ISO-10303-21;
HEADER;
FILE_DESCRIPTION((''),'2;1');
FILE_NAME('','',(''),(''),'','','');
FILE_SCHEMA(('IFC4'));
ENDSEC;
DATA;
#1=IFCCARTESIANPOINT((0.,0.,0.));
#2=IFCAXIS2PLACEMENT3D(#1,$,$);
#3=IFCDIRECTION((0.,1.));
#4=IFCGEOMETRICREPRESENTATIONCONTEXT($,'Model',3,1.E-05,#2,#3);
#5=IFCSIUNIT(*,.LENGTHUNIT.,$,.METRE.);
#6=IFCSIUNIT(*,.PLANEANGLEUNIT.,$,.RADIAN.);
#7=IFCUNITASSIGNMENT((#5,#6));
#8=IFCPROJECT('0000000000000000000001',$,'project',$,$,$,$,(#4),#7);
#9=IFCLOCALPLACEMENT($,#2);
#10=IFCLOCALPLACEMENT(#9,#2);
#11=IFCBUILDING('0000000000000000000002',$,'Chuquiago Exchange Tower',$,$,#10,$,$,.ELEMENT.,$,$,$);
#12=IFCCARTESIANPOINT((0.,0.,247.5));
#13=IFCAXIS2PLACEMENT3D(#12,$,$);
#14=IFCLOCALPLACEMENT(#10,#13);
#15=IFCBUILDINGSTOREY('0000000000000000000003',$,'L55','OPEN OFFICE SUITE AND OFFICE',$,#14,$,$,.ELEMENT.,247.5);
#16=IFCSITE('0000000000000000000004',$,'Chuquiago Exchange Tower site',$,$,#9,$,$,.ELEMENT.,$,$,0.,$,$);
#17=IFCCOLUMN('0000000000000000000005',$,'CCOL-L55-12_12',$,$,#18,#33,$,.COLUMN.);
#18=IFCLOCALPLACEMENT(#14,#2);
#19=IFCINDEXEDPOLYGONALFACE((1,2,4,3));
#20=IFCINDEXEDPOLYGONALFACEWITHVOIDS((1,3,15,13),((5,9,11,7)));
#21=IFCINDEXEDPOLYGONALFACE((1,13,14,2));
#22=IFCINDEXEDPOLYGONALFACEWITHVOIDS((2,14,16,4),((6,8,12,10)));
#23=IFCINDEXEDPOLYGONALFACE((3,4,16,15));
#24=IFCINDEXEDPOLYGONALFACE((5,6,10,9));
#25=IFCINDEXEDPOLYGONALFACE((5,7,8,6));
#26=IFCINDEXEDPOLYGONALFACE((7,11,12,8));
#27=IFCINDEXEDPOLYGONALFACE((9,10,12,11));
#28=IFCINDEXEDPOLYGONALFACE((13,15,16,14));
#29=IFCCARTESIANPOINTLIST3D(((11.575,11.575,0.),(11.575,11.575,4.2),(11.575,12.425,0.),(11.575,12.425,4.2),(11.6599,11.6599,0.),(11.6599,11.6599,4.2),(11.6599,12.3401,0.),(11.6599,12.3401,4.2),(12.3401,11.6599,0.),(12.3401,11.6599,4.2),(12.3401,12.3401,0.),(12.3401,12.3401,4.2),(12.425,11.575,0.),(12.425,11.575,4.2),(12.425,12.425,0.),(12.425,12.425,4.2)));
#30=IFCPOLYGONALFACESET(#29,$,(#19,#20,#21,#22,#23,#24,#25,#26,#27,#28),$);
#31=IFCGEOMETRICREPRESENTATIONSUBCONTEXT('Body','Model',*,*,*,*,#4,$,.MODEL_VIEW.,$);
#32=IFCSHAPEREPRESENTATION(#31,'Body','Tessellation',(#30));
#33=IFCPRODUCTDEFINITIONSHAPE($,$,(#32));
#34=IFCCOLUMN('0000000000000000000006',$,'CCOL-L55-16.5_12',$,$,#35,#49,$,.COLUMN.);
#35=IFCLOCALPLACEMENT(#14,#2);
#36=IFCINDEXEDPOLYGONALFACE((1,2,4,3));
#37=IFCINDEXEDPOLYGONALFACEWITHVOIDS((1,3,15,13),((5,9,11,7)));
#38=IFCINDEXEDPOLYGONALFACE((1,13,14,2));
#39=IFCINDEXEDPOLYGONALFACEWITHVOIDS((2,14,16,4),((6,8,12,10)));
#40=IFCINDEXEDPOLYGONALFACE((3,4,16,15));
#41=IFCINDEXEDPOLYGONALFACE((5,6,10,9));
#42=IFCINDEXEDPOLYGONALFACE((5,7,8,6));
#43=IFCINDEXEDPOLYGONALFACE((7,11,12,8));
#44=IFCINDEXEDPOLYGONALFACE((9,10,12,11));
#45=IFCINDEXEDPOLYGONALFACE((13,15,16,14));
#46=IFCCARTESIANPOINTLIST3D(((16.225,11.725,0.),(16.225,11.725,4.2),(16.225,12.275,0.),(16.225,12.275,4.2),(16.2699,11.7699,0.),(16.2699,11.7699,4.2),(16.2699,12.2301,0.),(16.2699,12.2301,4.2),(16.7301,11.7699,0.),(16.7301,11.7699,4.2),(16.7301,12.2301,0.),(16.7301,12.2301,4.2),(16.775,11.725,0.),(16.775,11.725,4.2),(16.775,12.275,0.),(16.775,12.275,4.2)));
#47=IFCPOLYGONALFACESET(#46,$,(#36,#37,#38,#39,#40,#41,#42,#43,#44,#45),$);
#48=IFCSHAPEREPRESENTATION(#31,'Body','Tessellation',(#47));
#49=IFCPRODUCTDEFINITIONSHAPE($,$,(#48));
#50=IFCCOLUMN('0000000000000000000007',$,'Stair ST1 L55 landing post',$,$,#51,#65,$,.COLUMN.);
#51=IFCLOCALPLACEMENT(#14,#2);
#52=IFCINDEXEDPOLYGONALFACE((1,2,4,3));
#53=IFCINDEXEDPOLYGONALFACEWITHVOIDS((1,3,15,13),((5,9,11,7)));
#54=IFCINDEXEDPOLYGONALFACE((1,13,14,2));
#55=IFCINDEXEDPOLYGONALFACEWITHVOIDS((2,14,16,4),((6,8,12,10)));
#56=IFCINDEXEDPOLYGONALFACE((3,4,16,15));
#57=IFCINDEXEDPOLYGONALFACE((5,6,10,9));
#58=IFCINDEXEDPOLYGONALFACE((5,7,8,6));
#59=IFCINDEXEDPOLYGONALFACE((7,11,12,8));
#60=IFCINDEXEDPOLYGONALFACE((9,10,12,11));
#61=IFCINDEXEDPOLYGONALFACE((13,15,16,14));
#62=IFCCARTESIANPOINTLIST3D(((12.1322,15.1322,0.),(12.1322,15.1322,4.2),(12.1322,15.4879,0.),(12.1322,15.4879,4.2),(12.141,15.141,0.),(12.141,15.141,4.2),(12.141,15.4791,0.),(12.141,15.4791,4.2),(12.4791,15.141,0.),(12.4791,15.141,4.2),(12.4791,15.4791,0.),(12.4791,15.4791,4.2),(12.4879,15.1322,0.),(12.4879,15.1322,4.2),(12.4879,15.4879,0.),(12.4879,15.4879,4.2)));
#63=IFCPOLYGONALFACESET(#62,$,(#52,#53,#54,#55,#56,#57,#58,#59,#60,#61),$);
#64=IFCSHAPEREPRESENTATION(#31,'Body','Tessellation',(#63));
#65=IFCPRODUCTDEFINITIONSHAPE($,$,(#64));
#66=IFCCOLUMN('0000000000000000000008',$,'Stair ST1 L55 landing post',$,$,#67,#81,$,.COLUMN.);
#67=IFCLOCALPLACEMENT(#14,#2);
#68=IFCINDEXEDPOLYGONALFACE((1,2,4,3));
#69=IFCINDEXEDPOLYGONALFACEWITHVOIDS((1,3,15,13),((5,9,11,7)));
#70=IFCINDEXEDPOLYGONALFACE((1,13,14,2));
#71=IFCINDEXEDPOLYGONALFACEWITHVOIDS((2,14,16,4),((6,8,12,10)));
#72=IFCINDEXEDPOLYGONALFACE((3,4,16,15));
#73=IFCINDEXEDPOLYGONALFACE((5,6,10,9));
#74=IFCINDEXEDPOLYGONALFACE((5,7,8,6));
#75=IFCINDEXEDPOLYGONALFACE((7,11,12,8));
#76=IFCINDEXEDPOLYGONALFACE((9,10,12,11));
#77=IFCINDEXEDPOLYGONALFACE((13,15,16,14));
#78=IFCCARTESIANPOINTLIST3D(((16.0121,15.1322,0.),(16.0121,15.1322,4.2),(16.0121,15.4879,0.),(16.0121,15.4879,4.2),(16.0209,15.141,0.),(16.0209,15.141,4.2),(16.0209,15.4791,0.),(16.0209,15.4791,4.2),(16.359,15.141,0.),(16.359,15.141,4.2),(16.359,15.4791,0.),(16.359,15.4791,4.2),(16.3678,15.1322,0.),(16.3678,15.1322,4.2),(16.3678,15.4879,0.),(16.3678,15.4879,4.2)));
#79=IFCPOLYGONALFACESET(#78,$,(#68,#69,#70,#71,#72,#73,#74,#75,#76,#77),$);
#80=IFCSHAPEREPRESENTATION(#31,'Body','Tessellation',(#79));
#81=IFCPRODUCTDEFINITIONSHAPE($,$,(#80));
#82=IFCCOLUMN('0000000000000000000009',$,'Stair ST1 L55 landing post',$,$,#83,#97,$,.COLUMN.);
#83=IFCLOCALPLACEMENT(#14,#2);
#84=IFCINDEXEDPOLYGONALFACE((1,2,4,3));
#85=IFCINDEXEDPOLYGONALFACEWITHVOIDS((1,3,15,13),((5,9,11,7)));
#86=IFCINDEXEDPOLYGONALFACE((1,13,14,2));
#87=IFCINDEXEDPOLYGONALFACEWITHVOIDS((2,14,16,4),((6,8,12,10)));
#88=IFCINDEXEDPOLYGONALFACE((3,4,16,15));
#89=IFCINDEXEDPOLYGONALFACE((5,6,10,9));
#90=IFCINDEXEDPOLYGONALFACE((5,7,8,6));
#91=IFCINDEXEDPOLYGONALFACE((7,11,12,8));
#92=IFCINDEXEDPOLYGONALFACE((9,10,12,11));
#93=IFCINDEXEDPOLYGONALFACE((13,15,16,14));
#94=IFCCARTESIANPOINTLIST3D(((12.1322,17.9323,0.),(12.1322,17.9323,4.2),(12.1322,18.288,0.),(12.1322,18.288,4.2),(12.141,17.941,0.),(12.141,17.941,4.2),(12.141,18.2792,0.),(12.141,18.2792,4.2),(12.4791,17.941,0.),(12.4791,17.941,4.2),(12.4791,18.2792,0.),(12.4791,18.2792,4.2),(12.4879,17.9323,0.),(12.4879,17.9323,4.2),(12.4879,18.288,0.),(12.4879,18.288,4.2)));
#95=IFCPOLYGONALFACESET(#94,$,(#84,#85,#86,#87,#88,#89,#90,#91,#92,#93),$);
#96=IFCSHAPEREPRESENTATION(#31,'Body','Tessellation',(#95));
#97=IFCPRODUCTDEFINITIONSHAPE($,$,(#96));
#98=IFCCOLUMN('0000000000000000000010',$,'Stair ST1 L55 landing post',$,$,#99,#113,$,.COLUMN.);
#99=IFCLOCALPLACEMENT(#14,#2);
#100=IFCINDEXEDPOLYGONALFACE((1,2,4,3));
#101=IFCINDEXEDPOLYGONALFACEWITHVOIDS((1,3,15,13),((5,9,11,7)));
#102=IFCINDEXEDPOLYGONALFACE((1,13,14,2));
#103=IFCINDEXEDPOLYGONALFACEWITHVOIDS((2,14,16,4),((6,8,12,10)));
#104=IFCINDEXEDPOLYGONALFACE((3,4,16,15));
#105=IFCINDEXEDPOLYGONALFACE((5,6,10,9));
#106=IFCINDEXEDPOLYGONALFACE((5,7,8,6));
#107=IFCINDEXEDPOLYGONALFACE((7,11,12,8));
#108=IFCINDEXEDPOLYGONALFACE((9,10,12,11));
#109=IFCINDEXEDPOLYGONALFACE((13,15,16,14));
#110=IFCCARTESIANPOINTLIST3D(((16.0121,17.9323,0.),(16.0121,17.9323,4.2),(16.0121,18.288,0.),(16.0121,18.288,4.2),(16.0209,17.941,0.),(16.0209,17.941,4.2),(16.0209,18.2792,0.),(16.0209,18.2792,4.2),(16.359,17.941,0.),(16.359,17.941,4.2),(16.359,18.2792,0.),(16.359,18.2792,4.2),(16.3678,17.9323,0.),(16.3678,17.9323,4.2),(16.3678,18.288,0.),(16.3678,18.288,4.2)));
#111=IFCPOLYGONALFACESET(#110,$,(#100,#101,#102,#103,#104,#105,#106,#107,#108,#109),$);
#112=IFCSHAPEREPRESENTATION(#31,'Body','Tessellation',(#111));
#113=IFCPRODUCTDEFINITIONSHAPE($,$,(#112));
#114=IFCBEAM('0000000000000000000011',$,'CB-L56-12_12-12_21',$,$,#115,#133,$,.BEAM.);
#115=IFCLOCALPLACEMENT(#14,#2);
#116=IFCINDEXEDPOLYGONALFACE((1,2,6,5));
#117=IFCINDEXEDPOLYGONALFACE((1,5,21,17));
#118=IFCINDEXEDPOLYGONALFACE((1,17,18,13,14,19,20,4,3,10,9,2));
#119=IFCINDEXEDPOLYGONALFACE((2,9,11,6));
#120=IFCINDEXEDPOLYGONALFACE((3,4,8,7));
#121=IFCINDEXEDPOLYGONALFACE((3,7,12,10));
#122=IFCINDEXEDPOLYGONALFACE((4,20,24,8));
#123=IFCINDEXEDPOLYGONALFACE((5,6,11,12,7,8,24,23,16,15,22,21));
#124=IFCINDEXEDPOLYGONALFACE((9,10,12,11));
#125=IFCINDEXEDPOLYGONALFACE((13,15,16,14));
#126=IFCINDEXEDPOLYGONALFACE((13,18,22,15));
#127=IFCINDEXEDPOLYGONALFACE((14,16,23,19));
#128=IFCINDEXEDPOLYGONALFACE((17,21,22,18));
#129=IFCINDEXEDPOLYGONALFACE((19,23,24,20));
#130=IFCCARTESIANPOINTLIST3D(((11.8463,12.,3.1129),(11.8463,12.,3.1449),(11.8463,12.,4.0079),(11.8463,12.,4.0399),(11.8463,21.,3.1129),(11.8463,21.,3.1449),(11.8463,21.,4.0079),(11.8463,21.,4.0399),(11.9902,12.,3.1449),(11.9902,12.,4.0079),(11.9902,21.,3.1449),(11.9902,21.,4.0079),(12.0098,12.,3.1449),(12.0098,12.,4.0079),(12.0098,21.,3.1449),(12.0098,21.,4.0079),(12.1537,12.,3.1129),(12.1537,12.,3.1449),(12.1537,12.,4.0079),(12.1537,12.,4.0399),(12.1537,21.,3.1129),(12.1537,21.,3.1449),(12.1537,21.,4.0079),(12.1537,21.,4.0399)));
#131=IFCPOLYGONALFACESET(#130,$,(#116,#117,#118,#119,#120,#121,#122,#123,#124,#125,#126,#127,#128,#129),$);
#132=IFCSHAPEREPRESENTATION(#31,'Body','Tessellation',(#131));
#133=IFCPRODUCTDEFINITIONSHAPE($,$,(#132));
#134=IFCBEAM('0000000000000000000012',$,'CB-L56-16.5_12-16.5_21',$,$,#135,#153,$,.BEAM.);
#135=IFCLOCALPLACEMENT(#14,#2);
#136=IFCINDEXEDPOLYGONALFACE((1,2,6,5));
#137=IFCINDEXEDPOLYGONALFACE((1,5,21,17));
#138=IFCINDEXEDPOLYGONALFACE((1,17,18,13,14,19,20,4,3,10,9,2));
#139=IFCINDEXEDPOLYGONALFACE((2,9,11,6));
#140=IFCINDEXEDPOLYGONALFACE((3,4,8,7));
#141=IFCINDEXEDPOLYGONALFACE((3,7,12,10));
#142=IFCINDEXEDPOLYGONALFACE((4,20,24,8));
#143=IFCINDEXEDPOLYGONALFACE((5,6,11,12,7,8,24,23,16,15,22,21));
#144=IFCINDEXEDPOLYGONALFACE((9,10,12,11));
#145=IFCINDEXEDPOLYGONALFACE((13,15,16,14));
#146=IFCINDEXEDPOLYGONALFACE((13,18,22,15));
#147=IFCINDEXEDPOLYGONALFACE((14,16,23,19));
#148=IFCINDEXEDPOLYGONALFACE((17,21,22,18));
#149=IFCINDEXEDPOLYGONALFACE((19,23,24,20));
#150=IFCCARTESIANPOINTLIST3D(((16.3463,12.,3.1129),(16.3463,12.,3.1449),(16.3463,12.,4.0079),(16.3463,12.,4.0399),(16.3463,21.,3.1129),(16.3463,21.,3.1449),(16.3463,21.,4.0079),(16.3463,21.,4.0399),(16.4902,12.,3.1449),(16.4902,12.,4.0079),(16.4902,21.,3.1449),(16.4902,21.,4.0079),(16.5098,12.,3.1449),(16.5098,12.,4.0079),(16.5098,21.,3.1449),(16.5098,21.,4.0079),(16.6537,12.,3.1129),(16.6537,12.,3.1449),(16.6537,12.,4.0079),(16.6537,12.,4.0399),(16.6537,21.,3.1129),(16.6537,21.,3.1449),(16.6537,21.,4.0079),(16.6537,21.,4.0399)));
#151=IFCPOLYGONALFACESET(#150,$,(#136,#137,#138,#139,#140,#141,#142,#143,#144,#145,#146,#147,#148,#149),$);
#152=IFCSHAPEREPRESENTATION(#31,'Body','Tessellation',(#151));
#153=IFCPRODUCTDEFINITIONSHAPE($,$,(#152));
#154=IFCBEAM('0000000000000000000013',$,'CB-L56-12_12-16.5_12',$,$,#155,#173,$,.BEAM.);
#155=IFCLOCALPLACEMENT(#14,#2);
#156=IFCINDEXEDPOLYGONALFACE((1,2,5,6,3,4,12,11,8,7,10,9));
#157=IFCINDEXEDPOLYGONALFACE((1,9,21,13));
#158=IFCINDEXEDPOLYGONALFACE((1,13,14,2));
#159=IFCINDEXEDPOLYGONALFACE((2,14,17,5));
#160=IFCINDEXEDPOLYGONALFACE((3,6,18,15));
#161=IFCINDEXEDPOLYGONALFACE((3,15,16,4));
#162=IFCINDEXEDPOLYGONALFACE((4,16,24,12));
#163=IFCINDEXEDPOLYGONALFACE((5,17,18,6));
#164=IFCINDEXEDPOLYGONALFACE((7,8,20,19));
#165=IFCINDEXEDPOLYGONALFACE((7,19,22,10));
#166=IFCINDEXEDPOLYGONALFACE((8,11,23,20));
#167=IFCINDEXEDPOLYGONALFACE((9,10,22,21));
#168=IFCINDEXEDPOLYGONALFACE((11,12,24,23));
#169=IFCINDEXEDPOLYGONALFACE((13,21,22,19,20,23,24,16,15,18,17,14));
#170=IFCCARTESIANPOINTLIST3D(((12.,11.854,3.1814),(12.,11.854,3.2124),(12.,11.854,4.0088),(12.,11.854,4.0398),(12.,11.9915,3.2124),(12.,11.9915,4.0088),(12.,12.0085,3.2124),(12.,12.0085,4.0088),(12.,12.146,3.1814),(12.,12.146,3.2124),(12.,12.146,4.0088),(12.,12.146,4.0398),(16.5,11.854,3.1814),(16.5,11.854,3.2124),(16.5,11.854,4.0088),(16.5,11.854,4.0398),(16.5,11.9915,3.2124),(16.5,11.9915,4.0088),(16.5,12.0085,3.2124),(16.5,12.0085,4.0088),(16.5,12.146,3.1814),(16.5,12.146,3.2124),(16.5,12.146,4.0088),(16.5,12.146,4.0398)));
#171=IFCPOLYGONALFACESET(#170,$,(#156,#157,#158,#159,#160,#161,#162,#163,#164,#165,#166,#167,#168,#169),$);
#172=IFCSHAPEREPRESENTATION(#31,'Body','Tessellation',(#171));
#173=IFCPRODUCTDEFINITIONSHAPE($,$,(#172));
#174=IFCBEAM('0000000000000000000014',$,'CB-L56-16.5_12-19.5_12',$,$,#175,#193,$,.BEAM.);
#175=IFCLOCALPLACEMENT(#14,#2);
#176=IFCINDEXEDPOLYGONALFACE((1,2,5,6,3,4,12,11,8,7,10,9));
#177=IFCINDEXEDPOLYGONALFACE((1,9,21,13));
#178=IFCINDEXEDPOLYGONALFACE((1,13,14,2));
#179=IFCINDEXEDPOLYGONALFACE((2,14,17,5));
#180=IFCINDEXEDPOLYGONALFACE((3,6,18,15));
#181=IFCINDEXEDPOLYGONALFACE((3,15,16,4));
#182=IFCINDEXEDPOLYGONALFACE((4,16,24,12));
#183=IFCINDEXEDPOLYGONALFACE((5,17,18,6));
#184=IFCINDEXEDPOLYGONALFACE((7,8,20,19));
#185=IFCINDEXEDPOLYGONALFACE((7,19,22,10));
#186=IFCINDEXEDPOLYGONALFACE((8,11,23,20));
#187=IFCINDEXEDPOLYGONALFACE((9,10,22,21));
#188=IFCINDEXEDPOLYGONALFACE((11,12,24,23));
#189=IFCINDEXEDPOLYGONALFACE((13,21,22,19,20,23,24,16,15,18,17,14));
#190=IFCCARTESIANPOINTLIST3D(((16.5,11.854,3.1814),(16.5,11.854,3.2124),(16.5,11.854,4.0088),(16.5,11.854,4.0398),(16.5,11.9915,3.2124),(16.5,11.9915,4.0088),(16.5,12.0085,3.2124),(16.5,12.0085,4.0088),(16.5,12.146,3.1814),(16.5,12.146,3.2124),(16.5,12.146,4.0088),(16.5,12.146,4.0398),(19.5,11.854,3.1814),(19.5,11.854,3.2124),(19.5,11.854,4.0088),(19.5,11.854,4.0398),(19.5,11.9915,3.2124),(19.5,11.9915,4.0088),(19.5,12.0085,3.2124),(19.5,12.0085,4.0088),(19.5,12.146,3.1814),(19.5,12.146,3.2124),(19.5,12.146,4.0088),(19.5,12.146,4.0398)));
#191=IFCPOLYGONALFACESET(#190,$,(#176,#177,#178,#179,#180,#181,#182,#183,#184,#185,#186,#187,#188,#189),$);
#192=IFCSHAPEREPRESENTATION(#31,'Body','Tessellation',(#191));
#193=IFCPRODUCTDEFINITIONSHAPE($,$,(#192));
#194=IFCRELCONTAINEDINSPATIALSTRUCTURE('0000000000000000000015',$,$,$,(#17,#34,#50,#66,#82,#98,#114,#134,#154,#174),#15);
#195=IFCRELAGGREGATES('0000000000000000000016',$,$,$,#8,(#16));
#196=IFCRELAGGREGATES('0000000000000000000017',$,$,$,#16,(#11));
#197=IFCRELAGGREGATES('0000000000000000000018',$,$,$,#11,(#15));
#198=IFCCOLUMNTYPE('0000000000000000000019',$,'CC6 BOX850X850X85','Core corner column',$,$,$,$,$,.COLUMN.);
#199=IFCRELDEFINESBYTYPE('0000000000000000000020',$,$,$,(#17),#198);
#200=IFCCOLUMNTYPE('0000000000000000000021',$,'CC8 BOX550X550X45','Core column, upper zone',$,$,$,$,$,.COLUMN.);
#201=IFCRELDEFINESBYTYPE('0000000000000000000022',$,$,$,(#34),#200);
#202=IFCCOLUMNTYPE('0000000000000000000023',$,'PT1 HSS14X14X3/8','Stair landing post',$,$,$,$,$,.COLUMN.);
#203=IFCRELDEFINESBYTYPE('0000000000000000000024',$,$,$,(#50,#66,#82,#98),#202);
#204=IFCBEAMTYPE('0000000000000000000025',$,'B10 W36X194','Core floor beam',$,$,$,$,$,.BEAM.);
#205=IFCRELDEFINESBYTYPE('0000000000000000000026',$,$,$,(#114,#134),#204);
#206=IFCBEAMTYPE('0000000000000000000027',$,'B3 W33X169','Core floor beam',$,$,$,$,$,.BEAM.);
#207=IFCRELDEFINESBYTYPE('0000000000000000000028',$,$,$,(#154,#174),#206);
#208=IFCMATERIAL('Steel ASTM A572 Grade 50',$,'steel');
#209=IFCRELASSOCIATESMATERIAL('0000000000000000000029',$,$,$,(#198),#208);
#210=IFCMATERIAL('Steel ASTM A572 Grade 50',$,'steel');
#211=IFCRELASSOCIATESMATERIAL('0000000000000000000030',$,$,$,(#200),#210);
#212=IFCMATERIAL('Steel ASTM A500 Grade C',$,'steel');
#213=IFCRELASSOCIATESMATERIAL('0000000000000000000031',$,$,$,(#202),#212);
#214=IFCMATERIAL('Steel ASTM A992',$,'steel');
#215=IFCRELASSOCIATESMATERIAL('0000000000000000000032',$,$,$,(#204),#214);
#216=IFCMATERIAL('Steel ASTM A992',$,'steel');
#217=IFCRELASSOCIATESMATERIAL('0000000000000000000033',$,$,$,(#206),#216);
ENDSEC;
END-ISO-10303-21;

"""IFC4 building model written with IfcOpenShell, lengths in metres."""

from ifc_helpers import new_model, si_unit, direction, frame, origin, origin_2d, place, context, subcontext, project, spatial, hollow_rectangle, i_section, extrude, material, material_profile, profile_set, type_object, element, save


model = new_model("IFC4")

# Units and contexts
model_context = context("Model", 3, precision=1e-05, world=origin(), true_north=direction((0.0, 1.0)))
body_context = subcontext(model_context, "Body", "Model", "MODEL_VIEW")
ifc_project = project(units=[si_unit("LENGTHUNIT", "METRE"), si_unit("PLANEANGLEUNIT", "RADIAN")], contexts=[model_context])

# Site, building, storey
site_placement = place(None, origin())
site = spatial("IfcSite", under=ifc_project, at=site_placement, Name="Chuquiago Exchange Tower site", CompositionType="ELEMENT", RefElevation=0.0)
building_placement = place(site_placement, origin())
building = spatial("IfcBuilding", under=site, at=building_placement, Name="Chuquiago Exchange Tower", CompositionType="ELEMENT")
storey_placement = place(building_placement, frame((0.0, 0.0, 247.5)))
storey = spatial("IfcBuildingStorey", under=building, at=storey_placement, Name="L55", Description="OPEN OFFICE SUITE AND OFFICE", CompositionType="ELEMENT", Elevation=247.5)

# Columns
ifc_material_1 = material(Name="Steel ASTM A572 Grade 50", Category="steel")
ifc_material_profile_1 = material_profile(ifc_material_1, hollow_rectangle(XDim=0.8501, YDim=0.8501, WallThickness=0.085, at=origin_2d()), Name="BOX850X850X85")
ifc_profile_set_1 = profile_set([ifc_material_profile_1], Name="Steel ASTM A572 Grade 50")
column_type_1 = type_object("IfcColumnType", Name="CC6 BOX850X850X85", Description="Core corner column", PredefinedType="COLUMN", material=ifc_profile_set_1)
column_1_placement = place(storey_placement, frame((12.0, 12.0, 0.0), z_axis=(0.0, 0.0, 1.0), x_axis=(1.0, 0.0, 0.0)))
element("IfcColumn", 1, at=column_1_placement, inside=storey, type_object=column_type_1, Name="CCOL-L55-12_12", PredefinedType="COLUMN", context=body_context, shape_type="SweptSolid", body=[
    extrude(hollow_rectangle(XDim=0.8501, YDim=0.8501, WallThickness=0.085, at=origin_2d()), origin(), (0.0, 0.0, 1.0), 4.2),
])
ifc_material_2 = material(Name="Steel ASTM A572 Grade 50", Category="steel")
ifc_material_profile_2 = material_profile(ifc_material_2, hollow_rectangle(XDim=0.55, YDim=0.55, WallThickness=0.0449, at=origin_2d()), Name="BOX550X550X45")
ifc_profile_set_2 = profile_set([ifc_material_profile_2], Name="Steel ASTM A572 Grade 50")
column_type_2 = type_object("IfcColumnType", Name="CC8 BOX550X550X45", Description="Core column, upper zone", PredefinedType="COLUMN", material=ifc_profile_set_2)
column_2_placement = place(storey_placement, frame((16.5, 12.0, 0.0), z_axis=(0.0, 0.0, 1.0), x_axis=(1.0, 0.0, 0.0)))
element("IfcColumn", 2, at=column_2_placement, inside=storey, type_object=column_type_2, Name="CCOL-L55-16.5_12", PredefinedType="COLUMN", context=body_context, shape_type="SweptSolid", body=[
    extrude(hollow_rectangle(XDim=0.55, YDim=0.55, WallThickness=0.0449, at=origin_2d()), origin(), (0.0, 0.0, 1.0), 4.2),
])
ifc_material_3 = material(Name="Steel ASTM A500 Grade C", Category="steel")
ifc_material_profile_3 = material_profile(ifc_material_3, hollow_rectangle(XDim=0.3557, YDim=0.3557, WallThickness=0.0088, at=origin_2d()), Name="HSS14X14X3/8")
ifc_profile_set_3 = profile_set([ifc_material_profile_3], Name="Steel ASTM A500 Grade C")
column_type_3 = type_object("IfcColumnType", Name="PT1 HSS14X14X3/8", Description="Stair landing post", PredefinedType="COLUMN", material=ifc_profile_set_3)
for number, where, z_axis, x_axis, name in (
    (3, (12.3101, 15.3101, 0.0), (0.0, 0.0, 1.0), (1.0, 0.0, 0.0), "Stair ST1 L55 landing post"),
    (4, (16.1899, 15.3101, 0.0), (0.0, 0.0, 1.0), (1.0, 0.0, 0.0), "Stair ST1 L55 landing post"),
    (5, (12.3101, 18.1101, 0.0), (0.0, 0.0, 1.0), (1.0, 0.0, 0.0), "Stair ST1 L55 landing post"),
    (6, (16.1899, 18.1101, 0.0), (0.0, 0.0, 1.0), (1.0, 0.0, 0.0), "Stair ST1 L55 landing post"),
):
    element("IfcColumn", number, at=place(storey_placement, frame(where, z_axis=z_axis, x_axis=x_axis)), inside=storey, type_object=column_type_3, Name=name, PredefinedType="COLUMN", context=body_context, shape_type="SweptSolid", body=[
        extrude(hollow_rectangle(XDim=0.3557, YDim=0.3557, WallThickness=0.0088, at=origin_2d()), origin(), (0.0, 0.0, 1.0), 4.2),
    ])

# Beams
ifc_material_4 = material(Name="Steel ASTM A992", Category="steel")
ifc_material_profile_4 = material_profile(ifc_material_4, i_section(OverallWidth=0.3074, OverallDepth=0.927, WebThickness=0.0195, FlangeThickness=0.032, at=origin_2d()), Name="W36X194")
ifc_profile_set_4 = profile_set([ifc_material_profile_4], Name="Steel ASTM A992")
beam_type_1 = type_object("IfcBeamType", Name="B10 W36X194", Description="Core floor beam", PredefinedType="BEAM", material=ifc_profile_set_4)
for number, where, z_axis, x_axis, name in (
    (7, (12.0, 12.0, 3.5764), (0.0, 1.0, 0.0), (-1.0, 0.0, 0.0), "CB-L56-12_12-12_21"),
    (8, (16.5, 12.0, 3.5764), (0.0, 1.0, 0.0), (-1.0, 0.0, 0.0), "CB-L56-16.5_12-16.5_21"),
):
    element("IfcBeam", number, at=place(storey_placement, frame(where, z_axis=z_axis, x_axis=x_axis)), inside=storey, type_object=beam_type_1, Name=name, PredefinedType="BEAM", context=body_context, shape_type="SweptSolid", body=[
        extrude(i_section(OverallWidth=0.3074, OverallDepth=0.927, WebThickness=0.0195, FlangeThickness=0.032, at=origin_2d()), origin(), (0.0, 0.0, 1.0), 9.0),
    ])
ifc_material_5 = material(Name="Steel ASTM A992", Category="steel")
ifc_material_profile_5 = material_profile(ifc_material_5, i_section(OverallWidth=0.292, OverallDepth=0.8584, WebThickness=0.0171, FlangeThickness=0.031, at=origin_2d()), Name="W33X169")
ifc_profile_set_5 = profile_set([ifc_material_profile_5], Name="Steel ASTM A992")
beam_type_2 = type_object("IfcBeamType", Name="B3 W33X169", Description="Core floor beam", PredefinedType="BEAM", material=ifc_profile_set_5)
beam_1_placement = place(storey_placement, frame((12.0, 12.0, 3.6106), z_axis=(1.0, 0.0, 0.0), x_axis=(0.0, 1.0, 0.0)))
element("IfcBeam", 9, at=beam_1_placement, inside=storey, type_object=beam_type_2, Name="CB-L56-12_12-16.5_12", PredefinedType="BEAM", context=body_context, shape_type="SweptSolid", body=[
    extrude(i_section(OverallWidth=0.292, OverallDepth=0.8584, WebThickness=0.0171, FlangeThickness=0.031, at=origin_2d()), origin(), (0.0, 0.0, 1.0), 4.5),
])
beam_2_placement = place(storey_placement, frame((16.5, 12.0, 3.6106), z_axis=(1.0, 0.0, 0.0), x_axis=(0.0, 1.0, 0.0)))
element("IfcBeam", 10, at=beam_2_placement, inside=storey, type_object=beam_type_2, Name="CB-L56-16.5_12-19.5_12", PredefinedType="BEAM", context=body_context, shape_type="SweptSolid", body=[
    extrude(i_section(OverallWidth=0.292, OverallDepth=0.8584, WebThickness=0.0171, FlangeThickness=0.031, at=origin_2d()), origin(), (0.0, 0.0, 1.0), 3.0),
])

save(model, "model.ifc")
